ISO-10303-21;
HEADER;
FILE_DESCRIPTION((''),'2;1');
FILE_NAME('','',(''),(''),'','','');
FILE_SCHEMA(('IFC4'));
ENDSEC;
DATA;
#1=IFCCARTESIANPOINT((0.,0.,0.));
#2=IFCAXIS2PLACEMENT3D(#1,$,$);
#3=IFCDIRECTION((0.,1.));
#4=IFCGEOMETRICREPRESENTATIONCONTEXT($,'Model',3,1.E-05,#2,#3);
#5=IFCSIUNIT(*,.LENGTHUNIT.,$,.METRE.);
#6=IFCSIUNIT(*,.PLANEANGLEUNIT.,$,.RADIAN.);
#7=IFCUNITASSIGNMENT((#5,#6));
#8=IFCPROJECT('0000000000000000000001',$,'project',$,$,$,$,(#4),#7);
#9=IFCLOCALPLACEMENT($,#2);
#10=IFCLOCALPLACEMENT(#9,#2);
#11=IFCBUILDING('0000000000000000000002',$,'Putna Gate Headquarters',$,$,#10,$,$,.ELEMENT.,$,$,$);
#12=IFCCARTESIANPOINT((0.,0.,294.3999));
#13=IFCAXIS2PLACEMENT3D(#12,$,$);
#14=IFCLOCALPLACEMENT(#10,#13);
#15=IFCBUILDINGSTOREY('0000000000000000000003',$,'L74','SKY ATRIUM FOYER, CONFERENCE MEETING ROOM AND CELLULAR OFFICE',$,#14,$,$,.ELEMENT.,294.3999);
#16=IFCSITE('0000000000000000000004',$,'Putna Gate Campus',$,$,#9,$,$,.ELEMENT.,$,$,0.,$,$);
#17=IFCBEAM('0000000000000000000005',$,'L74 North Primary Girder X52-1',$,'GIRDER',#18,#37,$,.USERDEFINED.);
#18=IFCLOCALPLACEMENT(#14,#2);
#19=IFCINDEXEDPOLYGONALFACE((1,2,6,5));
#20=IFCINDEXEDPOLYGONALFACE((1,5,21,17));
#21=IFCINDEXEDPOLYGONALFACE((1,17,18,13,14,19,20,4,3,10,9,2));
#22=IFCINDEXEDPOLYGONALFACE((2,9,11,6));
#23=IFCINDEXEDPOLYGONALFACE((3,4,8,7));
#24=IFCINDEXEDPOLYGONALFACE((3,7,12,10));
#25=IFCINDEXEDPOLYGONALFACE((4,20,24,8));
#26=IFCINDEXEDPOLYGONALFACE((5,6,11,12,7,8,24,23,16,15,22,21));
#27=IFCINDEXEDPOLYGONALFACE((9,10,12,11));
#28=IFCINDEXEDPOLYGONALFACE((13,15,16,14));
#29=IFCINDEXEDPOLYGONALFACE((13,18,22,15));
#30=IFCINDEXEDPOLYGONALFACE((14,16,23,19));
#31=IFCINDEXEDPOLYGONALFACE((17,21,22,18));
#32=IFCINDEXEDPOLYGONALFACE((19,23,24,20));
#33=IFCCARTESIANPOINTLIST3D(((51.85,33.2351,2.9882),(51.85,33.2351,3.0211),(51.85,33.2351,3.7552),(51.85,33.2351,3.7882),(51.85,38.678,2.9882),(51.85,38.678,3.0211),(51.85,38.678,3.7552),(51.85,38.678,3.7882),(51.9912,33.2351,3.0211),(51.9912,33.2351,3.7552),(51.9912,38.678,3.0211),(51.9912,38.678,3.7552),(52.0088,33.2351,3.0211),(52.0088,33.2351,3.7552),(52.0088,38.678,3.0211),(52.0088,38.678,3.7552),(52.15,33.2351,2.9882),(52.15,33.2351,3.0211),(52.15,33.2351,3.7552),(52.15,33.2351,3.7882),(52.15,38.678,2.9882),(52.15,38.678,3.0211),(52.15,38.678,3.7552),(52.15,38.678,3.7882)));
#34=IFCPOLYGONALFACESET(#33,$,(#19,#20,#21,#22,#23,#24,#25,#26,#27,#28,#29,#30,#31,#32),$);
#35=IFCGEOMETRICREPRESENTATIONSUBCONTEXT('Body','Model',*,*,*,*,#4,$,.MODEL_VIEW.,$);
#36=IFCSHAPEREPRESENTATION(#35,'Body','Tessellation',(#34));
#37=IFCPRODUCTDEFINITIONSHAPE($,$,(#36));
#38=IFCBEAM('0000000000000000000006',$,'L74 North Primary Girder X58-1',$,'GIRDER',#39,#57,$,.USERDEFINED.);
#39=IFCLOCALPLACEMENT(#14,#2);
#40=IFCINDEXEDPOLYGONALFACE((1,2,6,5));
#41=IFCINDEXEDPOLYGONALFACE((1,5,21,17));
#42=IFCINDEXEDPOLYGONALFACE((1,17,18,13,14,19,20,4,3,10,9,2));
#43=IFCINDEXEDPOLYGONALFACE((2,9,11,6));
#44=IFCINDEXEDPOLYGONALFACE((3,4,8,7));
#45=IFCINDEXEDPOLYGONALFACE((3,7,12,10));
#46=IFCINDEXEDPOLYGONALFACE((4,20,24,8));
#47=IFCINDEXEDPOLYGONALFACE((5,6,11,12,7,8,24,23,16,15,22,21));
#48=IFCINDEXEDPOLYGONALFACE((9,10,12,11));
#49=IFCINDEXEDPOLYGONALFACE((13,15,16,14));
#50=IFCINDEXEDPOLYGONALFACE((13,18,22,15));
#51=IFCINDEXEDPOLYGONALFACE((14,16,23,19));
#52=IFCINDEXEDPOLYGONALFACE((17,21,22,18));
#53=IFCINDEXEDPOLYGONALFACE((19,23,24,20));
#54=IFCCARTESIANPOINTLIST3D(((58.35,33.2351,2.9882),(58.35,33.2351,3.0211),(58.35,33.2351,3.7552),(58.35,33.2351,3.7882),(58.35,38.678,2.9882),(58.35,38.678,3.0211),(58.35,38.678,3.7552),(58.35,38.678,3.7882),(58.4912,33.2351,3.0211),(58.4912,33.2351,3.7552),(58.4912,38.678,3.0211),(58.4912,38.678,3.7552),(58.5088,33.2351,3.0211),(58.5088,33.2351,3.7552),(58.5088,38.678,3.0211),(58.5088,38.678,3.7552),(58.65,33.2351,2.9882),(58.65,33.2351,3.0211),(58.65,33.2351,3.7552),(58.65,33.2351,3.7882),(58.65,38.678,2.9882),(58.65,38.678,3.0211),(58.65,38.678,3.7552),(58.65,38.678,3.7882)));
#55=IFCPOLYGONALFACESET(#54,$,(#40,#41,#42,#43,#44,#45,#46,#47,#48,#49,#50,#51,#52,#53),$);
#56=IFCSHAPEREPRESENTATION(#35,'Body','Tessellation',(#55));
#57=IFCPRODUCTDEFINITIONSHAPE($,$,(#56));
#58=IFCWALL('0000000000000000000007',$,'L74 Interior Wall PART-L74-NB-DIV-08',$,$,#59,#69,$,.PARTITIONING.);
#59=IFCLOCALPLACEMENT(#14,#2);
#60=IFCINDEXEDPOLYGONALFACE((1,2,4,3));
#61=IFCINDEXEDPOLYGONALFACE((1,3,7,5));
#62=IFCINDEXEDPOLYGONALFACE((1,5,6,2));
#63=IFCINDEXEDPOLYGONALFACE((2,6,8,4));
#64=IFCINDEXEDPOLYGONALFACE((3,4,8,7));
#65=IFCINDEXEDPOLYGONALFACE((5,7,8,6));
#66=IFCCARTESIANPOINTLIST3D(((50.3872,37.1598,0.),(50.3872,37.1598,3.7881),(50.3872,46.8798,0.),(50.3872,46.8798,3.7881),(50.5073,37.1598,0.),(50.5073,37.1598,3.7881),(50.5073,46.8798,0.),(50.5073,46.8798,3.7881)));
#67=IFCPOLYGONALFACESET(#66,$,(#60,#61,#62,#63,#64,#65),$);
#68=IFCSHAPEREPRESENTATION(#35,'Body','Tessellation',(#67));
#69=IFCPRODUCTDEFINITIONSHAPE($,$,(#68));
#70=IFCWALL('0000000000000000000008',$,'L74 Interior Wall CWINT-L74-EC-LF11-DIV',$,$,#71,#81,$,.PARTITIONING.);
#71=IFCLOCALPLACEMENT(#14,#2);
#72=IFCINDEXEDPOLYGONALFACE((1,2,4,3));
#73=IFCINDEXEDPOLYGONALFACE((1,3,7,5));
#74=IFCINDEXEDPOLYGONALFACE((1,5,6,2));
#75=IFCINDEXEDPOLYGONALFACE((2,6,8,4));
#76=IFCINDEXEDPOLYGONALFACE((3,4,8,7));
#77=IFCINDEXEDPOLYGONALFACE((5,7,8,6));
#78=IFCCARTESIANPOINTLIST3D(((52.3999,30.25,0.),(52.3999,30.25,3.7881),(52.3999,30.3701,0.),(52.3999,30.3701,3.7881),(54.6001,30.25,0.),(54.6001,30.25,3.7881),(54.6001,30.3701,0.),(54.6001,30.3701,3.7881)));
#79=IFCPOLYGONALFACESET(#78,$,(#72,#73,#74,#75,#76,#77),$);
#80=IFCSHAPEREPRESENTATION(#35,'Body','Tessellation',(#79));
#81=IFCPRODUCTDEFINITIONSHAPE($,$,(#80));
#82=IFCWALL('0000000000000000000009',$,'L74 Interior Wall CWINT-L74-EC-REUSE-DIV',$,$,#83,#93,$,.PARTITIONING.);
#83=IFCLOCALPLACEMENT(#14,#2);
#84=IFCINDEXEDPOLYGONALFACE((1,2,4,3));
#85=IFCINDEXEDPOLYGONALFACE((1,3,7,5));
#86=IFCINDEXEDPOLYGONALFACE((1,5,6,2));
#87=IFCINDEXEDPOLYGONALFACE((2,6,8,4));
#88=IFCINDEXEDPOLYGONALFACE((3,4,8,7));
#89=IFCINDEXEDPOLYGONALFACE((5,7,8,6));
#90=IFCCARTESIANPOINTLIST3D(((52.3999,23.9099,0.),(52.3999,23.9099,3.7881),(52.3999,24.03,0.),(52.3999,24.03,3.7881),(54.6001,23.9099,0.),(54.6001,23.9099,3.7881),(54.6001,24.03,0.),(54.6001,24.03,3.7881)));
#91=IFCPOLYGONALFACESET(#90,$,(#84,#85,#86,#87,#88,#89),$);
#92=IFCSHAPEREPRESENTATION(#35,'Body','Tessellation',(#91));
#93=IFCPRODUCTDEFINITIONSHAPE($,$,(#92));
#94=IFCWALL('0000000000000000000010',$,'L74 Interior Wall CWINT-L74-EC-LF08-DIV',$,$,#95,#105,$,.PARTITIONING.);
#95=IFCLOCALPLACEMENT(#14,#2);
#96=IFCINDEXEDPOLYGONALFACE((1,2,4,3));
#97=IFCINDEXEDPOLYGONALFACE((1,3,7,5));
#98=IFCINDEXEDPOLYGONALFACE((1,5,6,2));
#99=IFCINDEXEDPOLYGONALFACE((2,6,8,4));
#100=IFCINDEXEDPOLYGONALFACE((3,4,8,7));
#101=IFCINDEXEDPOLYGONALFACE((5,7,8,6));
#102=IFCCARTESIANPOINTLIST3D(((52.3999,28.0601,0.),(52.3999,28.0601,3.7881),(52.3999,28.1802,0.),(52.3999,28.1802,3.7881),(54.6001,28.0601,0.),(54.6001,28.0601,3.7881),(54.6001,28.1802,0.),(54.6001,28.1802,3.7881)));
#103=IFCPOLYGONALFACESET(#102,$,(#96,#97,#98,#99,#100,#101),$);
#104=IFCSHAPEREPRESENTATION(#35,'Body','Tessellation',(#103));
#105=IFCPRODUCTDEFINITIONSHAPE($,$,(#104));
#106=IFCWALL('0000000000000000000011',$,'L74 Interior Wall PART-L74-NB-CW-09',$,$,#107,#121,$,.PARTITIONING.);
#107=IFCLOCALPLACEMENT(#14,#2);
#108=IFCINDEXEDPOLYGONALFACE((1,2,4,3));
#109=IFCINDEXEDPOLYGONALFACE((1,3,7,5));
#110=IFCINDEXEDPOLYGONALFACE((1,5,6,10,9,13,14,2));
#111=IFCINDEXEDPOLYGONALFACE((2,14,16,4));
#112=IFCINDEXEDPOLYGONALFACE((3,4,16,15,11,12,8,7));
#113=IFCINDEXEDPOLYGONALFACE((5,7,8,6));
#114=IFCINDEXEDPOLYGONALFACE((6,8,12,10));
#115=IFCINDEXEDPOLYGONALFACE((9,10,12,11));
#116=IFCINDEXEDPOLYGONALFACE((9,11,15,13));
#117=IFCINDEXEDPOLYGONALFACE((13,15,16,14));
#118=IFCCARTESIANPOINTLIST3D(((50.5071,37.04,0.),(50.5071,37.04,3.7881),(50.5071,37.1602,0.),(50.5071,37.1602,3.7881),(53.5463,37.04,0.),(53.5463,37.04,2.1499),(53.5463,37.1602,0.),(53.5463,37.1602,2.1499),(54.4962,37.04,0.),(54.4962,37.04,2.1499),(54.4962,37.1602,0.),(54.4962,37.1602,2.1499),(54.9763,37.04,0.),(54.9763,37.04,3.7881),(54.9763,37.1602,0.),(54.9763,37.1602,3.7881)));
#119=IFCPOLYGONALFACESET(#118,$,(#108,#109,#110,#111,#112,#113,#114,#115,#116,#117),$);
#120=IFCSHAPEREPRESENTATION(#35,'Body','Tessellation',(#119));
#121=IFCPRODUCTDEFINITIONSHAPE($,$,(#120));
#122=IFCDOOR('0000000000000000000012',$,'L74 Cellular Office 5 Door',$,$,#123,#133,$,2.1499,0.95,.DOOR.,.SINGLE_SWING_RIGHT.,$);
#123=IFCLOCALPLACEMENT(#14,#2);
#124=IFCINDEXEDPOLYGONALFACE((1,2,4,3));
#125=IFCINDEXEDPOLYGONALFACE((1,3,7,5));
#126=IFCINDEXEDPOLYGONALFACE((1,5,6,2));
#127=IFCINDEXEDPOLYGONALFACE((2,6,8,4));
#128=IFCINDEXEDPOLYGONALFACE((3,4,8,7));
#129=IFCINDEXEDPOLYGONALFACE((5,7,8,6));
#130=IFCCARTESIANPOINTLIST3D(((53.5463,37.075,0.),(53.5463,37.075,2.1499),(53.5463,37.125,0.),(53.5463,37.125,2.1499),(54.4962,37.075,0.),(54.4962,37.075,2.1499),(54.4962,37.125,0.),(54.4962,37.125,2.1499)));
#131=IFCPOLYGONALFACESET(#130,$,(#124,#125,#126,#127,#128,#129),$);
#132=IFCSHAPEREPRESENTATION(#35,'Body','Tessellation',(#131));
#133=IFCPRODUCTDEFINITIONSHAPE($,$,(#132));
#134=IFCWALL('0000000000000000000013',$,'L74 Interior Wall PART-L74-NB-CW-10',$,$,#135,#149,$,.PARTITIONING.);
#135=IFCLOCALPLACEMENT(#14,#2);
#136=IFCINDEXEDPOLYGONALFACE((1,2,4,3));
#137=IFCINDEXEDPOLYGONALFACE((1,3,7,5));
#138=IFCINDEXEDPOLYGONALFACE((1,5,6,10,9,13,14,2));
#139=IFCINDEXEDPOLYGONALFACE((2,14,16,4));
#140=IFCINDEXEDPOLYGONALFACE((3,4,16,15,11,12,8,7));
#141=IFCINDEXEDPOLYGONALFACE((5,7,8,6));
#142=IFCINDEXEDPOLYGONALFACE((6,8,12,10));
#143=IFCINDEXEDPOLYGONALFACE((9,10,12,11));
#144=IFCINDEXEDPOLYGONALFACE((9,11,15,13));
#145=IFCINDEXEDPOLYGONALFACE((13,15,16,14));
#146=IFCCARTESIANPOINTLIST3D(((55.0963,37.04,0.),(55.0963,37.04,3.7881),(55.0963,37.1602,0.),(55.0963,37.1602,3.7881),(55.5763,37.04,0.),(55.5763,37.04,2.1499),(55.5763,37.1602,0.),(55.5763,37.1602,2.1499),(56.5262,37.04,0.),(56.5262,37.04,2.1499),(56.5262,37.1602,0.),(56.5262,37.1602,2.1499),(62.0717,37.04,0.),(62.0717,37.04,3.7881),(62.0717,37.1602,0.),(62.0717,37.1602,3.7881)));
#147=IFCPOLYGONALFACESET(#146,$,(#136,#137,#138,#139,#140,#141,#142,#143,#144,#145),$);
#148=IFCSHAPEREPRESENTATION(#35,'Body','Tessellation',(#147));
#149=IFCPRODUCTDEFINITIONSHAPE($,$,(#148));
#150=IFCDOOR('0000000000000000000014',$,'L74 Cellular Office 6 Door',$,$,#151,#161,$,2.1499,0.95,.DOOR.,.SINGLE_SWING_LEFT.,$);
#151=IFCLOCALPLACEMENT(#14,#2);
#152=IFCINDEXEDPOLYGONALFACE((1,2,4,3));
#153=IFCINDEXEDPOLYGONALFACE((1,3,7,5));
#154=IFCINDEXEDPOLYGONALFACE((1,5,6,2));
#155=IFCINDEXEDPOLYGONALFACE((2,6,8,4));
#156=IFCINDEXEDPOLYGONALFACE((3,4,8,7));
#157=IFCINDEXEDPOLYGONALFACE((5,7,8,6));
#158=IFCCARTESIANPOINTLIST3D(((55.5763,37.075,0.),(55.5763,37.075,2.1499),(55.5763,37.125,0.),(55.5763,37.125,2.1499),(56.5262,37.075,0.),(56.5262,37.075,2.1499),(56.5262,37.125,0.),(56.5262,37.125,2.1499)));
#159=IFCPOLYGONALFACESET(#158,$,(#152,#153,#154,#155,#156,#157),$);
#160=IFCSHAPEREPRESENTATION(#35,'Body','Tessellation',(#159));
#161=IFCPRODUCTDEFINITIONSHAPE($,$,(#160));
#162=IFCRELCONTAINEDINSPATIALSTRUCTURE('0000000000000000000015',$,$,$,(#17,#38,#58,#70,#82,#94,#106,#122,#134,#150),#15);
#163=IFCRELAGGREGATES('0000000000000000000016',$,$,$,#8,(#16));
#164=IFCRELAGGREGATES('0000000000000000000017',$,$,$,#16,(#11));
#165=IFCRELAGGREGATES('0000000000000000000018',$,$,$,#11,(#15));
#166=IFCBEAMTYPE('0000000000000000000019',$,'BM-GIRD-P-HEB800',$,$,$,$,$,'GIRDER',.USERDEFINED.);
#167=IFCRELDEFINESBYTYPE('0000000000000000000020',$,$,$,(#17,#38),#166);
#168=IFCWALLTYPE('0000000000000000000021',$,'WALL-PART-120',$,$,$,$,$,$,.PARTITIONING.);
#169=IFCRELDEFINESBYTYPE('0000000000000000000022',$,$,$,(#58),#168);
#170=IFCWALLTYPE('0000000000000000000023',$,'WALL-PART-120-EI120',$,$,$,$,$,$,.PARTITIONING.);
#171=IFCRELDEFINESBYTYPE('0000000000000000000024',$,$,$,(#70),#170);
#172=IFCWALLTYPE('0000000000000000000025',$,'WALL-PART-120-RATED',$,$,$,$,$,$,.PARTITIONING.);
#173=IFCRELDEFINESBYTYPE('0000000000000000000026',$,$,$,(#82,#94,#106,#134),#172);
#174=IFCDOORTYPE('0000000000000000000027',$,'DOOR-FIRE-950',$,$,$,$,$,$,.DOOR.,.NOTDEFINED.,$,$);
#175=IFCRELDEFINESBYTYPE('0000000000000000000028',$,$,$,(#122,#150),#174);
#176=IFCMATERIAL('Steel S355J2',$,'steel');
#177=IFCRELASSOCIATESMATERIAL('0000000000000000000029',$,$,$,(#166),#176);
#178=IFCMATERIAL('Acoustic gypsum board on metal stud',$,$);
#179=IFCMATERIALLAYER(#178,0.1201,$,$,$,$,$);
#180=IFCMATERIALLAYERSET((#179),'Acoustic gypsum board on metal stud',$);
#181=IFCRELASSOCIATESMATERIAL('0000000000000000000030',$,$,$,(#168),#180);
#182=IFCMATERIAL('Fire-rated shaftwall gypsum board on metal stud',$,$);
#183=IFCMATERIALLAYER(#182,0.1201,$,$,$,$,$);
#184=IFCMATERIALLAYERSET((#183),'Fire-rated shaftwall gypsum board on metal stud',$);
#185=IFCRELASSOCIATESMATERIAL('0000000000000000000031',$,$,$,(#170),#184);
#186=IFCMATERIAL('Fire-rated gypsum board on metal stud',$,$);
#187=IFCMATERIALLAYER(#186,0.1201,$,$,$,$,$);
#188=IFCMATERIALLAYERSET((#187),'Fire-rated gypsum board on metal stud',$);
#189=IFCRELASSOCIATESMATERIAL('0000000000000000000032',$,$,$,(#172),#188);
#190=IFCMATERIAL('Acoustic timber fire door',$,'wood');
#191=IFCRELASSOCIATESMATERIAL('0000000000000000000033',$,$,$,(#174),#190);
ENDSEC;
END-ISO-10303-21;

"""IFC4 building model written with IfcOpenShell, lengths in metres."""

from ifc_helpers import new_model, si_unit, direction, frame, frame_2d, origin, origin_2d, place, context, subcontext, project, spatial, rectangle, i_section, extrude, material, layer, layer_set, material_profile, profile_set, type_object, element, fill, save


model = new_model("IFC4")

# Units and contexts
model_context = context("Model", 3, precision=1e-05, world=origin(), true_north=direction((0.0, 1.0)))
body_context = subcontext(model_context, "Body", "Model", "MODEL_VIEW")
ifc_project = project(units=[si_unit("LENGTHUNIT", "METRE"), si_unit("PLANEANGLEUNIT", "RADIAN")], contexts=[model_context])

# Site, building, storey
site_placement = place(None, origin())
site = spatial("IfcSite", under=ifc_project, at=site_placement, Name="Putna Gate Campus", CompositionType="ELEMENT", RefElevation=0.0)
building_placement = place(site_placement, origin())
building = spatial("IfcBuilding", under=site, at=building_placement, Name="Putna Gate Headquarters", CompositionType="ELEMENT")
storey_placement = place(building_placement, frame((0.0, 0.0, 294.3999)))
storey = spatial("IfcBuildingStorey", under=building, at=storey_placement, Name="L74", Description="SKY ATRIUM FOYER, CONFERENCE MEETING ROOM AND CELLULAR OFFICE", CompositionType="ELEMENT", Elevation=294.3999)

# Beams
ifc_material_1 = material(Name="Steel S355J2", Category="steel")
ifc_material_profile = material_profile(ifc_material_1, i_section(OverallWidth=0.3, OverallDepth=0.8, WebThickness=0.0176, FlangeThickness=0.033, at=origin_2d()), Name="Steel S355J2")
ifc_profile_set = profile_set([ifc_material_profile], Name="Steel S355J2")
beam_type = type_object("IfcBeamType", Name="BM-GIRD-P-HEB800", ElementType="GIRDER", PredefinedType="USERDEFINED", material=ifc_profile_set)
for number, where, z_axis, x_axis, name in (
    (1, (52.0, 33.2351, 3.3882), (0.0, 1.0, 0.0), (-1.0, 0.0, 0.0), "L74 North Primary Girder X52-1"),
    (2, (58.5, 33.2351, 3.3882), (0.0, 1.0, 0.0), (-1.0, 0.0, 0.0), "L74 North Primary Girder X58-1"),
):
    element("IfcBeam", number, at=place(storey_placement, frame(where, z_axis=z_axis, x_axis=x_axis)), inside=storey, type_object=beam_type, Name=name, ObjectType="GIRDER", PredefinedType="USERDEFINED", context=body_context, shape_type="SweptSolid", body=[
        extrude(i_section(OverallWidth=0.3, OverallDepth=0.8, WebThickness=0.0176, FlangeThickness=0.033, at=origin_2d()), origin(), (0.0, 0.0, 1.0), 5.4429),
    ])

# Walls
ifc_material_2 = material(Name="Acoustic gypsum board on metal stud")
ifc_layer_1 = layer(ifc_material_2, 0.1201)
ifc_layer_set_1 = layer_set([ifc_layer_1], Name="Acoustic gypsum board on metal stud")
wall_type_1 = type_object("IfcWallType", Name="WALL-PART-120", PredefinedType="PARTITIONING", material=ifc_layer_set_1)
wall_1_placement = place(storey_placement, frame((50.4473, 37.1599, 0.0), z_axis=(0.0, 0.0, 1.0), x_axis=(0.0, 1.0, 0.0)))
element("IfcWall", 3, at=wall_1_placement, inside=storey, type_object=wall_type_1, Name="L74 Interior Wall PART-L74-NB-DIV-08", PredefinedType="PARTITIONING", context=body_context, shape_type="SweptSolid", body=[
    extrude(rectangle(XDim=9.72, YDim=0.1201, at=frame_2d((4.8599, 0.0))), origin(), (0.0, 0.0, 1.0), 3.7881),
])
ifc_material_3 = material(Name="Fire-rated shaftwall gypsum board on metal stud")
ifc_layer_2 = layer(ifc_material_3, 0.1201)
ifc_layer_set_2 = layer_set([ifc_layer_2], Name="Fire-rated shaftwall gypsum board on metal stud")
wall_type_2 = type_object("IfcWallType", Name="WALL-PART-120-EI120", PredefinedType="PARTITIONING", material=ifc_layer_set_2)
wall_2_placement = place(storey_placement, frame((52.3999, 30.3101, 0.0), z_axis=(0.0, 0.0, 1.0), x_axis=(1.0, 0.0, 0.0)))
element("IfcWall", 4, at=wall_2_placement, inside=storey, type_object=wall_type_2, Name="L74 Interior Wall CWINT-L74-EC-LF11-DIV", PredefinedType="PARTITIONING", context=body_context, shape_type="SweptSolid", body=[
    extrude(rectangle(XDim=2.2002, YDim=0.1201, at=frame_2d((1.1001, 0.0))), origin(), (0.0, 0.0, 1.0), 3.7881),
])
ifc_material_4 = material(Name="Fire-rated gypsum board on metal stud")
ifc_layer_3 = layer(ifc_material_4, 0.1201)
ifc_layer_set_3 = layer_set([ifc_layer_3], Name="Fire-rated gypsum board on metal stud")
wall_type_3 = type_object("IfcWallType", Name="WALL-PART-120-RATED", PredefinedType="PARTITIONING", material=ifc_layer_set_3)
for number, where, z_axis, x_axis, name in (
    (5, (52.3999, 23.97, 0.0), (0.0, 0.0, 1.0), (1.0, 0.0, 0.0), "L74 Interior Wall CWINT-L74-EC-REUSE-DIV"),
    (6, (52.3999, 28.1201, 0.0), (0.0, 0.0, 1.0), (1.0, 0.0, 0.0), "L74 Interior Wall CWINT-L74-EC-LF08-DIV"),
):
    element("IfcWall", number, at=place(storey_placement, frame(where, z_axis=z_axis, x_axis=x_axis)), inside=storey, type_object=wall_type_3, Name=name, PredefinedType="PARTITIONING", context=body_context, shape_type="SweptSolid", body=[
        extrude(rectangle(XDim=2.2002, YDim=0.1201, at=frame_2d((1.1001, 0.0))), origin(), (0.0, 0.0, 1.0), 3.7881),
    ])

# Walls, openings, doors
wall_3_placement = place(storey_placement, frame((50.5071, 37.1001, 0.0), z_axis=(0.0, 0.0, 1.0), x_axis=(1.0, 0.0, 0.0)))
wall_3 = element("IfcWall", 7, at=wall_3_placement, inside=storey, type_object=wall_type_3, Name="L74 Interior Wall PART-L74-NB-CW-09", PredefinedType="PARTITIONING", context=body_context, shape_type="SweptSolid", body=[
    extrude(rectangle(XDim=4.4692, YDim=0.1201, at=frame_2d((2.2346, 0.0))), origin(), (0.0, 0.0, 1.0), 3.7881),
])
opening_1_placement = place(wall_3_placement, frame((3.0391, 0.0, 0.0)))
opening_1 = element("IfcOpeningElement", 8, at=opening_1_placement, cuts=wall_3, PredefinedType="OPENING", context=body_context, shape_type="SweptSolid", body=[
    extrude(rectangle(XDim=0.95, YDim=2.1499, at=frame_2d((0.4751, 1.075))), frame((0.0, 0.0701, 0.0), z_axis=(0.0, -1.0, 0.0), x_axis=(1.0, 0.0, 0.0)), (0.0, 0.0, 1.0), 0.1401),
])
ifc_material_5 = material(Name="Acoustic timber fire door", Category="wood")
door_type_1 = type_object("IfcDoorType", Name="DOOR-FIRE-950", OperationType="NOTDEFINED", PredefinedType="DOOR", material=ifc_material_5)
door_1_placement = place(opening_1_placement, origin())
door_1 = element("IfcDoor", 9, at=door_1_placement, inside=storey, type_object=door_type_1, Name="L74 Cellular Office 5 Door", OperationType="SINGLE_SWING_RIGHT", OverallHeight=2.1499, OverallWidth=0.95, PredefinedType="DOOR", context=body_context, shape_type="SweptSolid", body=[
    extrude(rectangle(XDim=0.95, YDim=2.1499, at=frame_2d((0.4751, 1.075))), frame((0.0, 0.0249, 0.0), z_axis=(0.0, -1.0, 0.0), x_axis=(1.0, 0.0, 0.0)), (0.0, 0.0, 1.0), 0.05),
])
fill(opening_1, door_1)
wall_4_placement = place(storey_placement, frame((55.0962, 37.1001, 0.0), z_axis=(0.0, 0.0, 1.0), x_axis=(1.0, 0.0, 0.0)))
wall_4 = element("IfcWall", 10, at=wall_4_placement, inside=storey, type_object=wall_type_3, Name="L74 Interior Wall PART-L74-NB-CW-10", PredefinedType="PARTITIONING", context=body_context, shape_type="SweptSolid", body=[
    extrude(rectangle(XDim=6.9753, YDim=0.1201, at=frame_2d((3.4878, 0.0))), origin(), (0.0, 0.0, 1.0), 3.7881),
])
opening_2_placement = place(wall_4_placement, frame((0.48, 0.0, 0.0)))
opening_2 = element("IfcOpeningElement", 11, at=opening_2_placement, cuts=wall_4, PredefinedType="OPENING", context=body_context, shape_type="SweptSolid", body=[
    extrude(rectangle(XDim=0.95, YDim=2.1499, at=frame_2d((0.4751, 1.075))), frame((0.0, 0.0701, 0.0), z_axis=(0.0, -1.0, 0.0), x_axis=(1.0, 0.0, 0.0)), (0.0, 0.0, 1.0), 0.1401),
])
door_2_placement = place(opening_2_placement, origin())
door_2 = element("IfcDoor", 12, at=door_2_placement, inside=storey, type_object=door_type_1, Name="L74 Cellular Office 6 Door", OperationType="SINGLE_SWING_LEFT", OverallHeight=2.1499, OverallWidth=0.95, PredefinedType="DOOR", context=body_context, shape_type="SweptSolid", body=[
    extrude(rectangle(XDim=0.95, YDim=2.1499, at=frame_2d((0.4751, 1.075))), frame((0.0, 0.0249, 0.0), z_axis=(0.0, -1.0, 0.0), x_axis=(1.0, 0.0, 0.0)), (0.0, 0.0, 1.0), 0.05),
])
fill(opening_2, door_2)

save(model, "model.ifc")
